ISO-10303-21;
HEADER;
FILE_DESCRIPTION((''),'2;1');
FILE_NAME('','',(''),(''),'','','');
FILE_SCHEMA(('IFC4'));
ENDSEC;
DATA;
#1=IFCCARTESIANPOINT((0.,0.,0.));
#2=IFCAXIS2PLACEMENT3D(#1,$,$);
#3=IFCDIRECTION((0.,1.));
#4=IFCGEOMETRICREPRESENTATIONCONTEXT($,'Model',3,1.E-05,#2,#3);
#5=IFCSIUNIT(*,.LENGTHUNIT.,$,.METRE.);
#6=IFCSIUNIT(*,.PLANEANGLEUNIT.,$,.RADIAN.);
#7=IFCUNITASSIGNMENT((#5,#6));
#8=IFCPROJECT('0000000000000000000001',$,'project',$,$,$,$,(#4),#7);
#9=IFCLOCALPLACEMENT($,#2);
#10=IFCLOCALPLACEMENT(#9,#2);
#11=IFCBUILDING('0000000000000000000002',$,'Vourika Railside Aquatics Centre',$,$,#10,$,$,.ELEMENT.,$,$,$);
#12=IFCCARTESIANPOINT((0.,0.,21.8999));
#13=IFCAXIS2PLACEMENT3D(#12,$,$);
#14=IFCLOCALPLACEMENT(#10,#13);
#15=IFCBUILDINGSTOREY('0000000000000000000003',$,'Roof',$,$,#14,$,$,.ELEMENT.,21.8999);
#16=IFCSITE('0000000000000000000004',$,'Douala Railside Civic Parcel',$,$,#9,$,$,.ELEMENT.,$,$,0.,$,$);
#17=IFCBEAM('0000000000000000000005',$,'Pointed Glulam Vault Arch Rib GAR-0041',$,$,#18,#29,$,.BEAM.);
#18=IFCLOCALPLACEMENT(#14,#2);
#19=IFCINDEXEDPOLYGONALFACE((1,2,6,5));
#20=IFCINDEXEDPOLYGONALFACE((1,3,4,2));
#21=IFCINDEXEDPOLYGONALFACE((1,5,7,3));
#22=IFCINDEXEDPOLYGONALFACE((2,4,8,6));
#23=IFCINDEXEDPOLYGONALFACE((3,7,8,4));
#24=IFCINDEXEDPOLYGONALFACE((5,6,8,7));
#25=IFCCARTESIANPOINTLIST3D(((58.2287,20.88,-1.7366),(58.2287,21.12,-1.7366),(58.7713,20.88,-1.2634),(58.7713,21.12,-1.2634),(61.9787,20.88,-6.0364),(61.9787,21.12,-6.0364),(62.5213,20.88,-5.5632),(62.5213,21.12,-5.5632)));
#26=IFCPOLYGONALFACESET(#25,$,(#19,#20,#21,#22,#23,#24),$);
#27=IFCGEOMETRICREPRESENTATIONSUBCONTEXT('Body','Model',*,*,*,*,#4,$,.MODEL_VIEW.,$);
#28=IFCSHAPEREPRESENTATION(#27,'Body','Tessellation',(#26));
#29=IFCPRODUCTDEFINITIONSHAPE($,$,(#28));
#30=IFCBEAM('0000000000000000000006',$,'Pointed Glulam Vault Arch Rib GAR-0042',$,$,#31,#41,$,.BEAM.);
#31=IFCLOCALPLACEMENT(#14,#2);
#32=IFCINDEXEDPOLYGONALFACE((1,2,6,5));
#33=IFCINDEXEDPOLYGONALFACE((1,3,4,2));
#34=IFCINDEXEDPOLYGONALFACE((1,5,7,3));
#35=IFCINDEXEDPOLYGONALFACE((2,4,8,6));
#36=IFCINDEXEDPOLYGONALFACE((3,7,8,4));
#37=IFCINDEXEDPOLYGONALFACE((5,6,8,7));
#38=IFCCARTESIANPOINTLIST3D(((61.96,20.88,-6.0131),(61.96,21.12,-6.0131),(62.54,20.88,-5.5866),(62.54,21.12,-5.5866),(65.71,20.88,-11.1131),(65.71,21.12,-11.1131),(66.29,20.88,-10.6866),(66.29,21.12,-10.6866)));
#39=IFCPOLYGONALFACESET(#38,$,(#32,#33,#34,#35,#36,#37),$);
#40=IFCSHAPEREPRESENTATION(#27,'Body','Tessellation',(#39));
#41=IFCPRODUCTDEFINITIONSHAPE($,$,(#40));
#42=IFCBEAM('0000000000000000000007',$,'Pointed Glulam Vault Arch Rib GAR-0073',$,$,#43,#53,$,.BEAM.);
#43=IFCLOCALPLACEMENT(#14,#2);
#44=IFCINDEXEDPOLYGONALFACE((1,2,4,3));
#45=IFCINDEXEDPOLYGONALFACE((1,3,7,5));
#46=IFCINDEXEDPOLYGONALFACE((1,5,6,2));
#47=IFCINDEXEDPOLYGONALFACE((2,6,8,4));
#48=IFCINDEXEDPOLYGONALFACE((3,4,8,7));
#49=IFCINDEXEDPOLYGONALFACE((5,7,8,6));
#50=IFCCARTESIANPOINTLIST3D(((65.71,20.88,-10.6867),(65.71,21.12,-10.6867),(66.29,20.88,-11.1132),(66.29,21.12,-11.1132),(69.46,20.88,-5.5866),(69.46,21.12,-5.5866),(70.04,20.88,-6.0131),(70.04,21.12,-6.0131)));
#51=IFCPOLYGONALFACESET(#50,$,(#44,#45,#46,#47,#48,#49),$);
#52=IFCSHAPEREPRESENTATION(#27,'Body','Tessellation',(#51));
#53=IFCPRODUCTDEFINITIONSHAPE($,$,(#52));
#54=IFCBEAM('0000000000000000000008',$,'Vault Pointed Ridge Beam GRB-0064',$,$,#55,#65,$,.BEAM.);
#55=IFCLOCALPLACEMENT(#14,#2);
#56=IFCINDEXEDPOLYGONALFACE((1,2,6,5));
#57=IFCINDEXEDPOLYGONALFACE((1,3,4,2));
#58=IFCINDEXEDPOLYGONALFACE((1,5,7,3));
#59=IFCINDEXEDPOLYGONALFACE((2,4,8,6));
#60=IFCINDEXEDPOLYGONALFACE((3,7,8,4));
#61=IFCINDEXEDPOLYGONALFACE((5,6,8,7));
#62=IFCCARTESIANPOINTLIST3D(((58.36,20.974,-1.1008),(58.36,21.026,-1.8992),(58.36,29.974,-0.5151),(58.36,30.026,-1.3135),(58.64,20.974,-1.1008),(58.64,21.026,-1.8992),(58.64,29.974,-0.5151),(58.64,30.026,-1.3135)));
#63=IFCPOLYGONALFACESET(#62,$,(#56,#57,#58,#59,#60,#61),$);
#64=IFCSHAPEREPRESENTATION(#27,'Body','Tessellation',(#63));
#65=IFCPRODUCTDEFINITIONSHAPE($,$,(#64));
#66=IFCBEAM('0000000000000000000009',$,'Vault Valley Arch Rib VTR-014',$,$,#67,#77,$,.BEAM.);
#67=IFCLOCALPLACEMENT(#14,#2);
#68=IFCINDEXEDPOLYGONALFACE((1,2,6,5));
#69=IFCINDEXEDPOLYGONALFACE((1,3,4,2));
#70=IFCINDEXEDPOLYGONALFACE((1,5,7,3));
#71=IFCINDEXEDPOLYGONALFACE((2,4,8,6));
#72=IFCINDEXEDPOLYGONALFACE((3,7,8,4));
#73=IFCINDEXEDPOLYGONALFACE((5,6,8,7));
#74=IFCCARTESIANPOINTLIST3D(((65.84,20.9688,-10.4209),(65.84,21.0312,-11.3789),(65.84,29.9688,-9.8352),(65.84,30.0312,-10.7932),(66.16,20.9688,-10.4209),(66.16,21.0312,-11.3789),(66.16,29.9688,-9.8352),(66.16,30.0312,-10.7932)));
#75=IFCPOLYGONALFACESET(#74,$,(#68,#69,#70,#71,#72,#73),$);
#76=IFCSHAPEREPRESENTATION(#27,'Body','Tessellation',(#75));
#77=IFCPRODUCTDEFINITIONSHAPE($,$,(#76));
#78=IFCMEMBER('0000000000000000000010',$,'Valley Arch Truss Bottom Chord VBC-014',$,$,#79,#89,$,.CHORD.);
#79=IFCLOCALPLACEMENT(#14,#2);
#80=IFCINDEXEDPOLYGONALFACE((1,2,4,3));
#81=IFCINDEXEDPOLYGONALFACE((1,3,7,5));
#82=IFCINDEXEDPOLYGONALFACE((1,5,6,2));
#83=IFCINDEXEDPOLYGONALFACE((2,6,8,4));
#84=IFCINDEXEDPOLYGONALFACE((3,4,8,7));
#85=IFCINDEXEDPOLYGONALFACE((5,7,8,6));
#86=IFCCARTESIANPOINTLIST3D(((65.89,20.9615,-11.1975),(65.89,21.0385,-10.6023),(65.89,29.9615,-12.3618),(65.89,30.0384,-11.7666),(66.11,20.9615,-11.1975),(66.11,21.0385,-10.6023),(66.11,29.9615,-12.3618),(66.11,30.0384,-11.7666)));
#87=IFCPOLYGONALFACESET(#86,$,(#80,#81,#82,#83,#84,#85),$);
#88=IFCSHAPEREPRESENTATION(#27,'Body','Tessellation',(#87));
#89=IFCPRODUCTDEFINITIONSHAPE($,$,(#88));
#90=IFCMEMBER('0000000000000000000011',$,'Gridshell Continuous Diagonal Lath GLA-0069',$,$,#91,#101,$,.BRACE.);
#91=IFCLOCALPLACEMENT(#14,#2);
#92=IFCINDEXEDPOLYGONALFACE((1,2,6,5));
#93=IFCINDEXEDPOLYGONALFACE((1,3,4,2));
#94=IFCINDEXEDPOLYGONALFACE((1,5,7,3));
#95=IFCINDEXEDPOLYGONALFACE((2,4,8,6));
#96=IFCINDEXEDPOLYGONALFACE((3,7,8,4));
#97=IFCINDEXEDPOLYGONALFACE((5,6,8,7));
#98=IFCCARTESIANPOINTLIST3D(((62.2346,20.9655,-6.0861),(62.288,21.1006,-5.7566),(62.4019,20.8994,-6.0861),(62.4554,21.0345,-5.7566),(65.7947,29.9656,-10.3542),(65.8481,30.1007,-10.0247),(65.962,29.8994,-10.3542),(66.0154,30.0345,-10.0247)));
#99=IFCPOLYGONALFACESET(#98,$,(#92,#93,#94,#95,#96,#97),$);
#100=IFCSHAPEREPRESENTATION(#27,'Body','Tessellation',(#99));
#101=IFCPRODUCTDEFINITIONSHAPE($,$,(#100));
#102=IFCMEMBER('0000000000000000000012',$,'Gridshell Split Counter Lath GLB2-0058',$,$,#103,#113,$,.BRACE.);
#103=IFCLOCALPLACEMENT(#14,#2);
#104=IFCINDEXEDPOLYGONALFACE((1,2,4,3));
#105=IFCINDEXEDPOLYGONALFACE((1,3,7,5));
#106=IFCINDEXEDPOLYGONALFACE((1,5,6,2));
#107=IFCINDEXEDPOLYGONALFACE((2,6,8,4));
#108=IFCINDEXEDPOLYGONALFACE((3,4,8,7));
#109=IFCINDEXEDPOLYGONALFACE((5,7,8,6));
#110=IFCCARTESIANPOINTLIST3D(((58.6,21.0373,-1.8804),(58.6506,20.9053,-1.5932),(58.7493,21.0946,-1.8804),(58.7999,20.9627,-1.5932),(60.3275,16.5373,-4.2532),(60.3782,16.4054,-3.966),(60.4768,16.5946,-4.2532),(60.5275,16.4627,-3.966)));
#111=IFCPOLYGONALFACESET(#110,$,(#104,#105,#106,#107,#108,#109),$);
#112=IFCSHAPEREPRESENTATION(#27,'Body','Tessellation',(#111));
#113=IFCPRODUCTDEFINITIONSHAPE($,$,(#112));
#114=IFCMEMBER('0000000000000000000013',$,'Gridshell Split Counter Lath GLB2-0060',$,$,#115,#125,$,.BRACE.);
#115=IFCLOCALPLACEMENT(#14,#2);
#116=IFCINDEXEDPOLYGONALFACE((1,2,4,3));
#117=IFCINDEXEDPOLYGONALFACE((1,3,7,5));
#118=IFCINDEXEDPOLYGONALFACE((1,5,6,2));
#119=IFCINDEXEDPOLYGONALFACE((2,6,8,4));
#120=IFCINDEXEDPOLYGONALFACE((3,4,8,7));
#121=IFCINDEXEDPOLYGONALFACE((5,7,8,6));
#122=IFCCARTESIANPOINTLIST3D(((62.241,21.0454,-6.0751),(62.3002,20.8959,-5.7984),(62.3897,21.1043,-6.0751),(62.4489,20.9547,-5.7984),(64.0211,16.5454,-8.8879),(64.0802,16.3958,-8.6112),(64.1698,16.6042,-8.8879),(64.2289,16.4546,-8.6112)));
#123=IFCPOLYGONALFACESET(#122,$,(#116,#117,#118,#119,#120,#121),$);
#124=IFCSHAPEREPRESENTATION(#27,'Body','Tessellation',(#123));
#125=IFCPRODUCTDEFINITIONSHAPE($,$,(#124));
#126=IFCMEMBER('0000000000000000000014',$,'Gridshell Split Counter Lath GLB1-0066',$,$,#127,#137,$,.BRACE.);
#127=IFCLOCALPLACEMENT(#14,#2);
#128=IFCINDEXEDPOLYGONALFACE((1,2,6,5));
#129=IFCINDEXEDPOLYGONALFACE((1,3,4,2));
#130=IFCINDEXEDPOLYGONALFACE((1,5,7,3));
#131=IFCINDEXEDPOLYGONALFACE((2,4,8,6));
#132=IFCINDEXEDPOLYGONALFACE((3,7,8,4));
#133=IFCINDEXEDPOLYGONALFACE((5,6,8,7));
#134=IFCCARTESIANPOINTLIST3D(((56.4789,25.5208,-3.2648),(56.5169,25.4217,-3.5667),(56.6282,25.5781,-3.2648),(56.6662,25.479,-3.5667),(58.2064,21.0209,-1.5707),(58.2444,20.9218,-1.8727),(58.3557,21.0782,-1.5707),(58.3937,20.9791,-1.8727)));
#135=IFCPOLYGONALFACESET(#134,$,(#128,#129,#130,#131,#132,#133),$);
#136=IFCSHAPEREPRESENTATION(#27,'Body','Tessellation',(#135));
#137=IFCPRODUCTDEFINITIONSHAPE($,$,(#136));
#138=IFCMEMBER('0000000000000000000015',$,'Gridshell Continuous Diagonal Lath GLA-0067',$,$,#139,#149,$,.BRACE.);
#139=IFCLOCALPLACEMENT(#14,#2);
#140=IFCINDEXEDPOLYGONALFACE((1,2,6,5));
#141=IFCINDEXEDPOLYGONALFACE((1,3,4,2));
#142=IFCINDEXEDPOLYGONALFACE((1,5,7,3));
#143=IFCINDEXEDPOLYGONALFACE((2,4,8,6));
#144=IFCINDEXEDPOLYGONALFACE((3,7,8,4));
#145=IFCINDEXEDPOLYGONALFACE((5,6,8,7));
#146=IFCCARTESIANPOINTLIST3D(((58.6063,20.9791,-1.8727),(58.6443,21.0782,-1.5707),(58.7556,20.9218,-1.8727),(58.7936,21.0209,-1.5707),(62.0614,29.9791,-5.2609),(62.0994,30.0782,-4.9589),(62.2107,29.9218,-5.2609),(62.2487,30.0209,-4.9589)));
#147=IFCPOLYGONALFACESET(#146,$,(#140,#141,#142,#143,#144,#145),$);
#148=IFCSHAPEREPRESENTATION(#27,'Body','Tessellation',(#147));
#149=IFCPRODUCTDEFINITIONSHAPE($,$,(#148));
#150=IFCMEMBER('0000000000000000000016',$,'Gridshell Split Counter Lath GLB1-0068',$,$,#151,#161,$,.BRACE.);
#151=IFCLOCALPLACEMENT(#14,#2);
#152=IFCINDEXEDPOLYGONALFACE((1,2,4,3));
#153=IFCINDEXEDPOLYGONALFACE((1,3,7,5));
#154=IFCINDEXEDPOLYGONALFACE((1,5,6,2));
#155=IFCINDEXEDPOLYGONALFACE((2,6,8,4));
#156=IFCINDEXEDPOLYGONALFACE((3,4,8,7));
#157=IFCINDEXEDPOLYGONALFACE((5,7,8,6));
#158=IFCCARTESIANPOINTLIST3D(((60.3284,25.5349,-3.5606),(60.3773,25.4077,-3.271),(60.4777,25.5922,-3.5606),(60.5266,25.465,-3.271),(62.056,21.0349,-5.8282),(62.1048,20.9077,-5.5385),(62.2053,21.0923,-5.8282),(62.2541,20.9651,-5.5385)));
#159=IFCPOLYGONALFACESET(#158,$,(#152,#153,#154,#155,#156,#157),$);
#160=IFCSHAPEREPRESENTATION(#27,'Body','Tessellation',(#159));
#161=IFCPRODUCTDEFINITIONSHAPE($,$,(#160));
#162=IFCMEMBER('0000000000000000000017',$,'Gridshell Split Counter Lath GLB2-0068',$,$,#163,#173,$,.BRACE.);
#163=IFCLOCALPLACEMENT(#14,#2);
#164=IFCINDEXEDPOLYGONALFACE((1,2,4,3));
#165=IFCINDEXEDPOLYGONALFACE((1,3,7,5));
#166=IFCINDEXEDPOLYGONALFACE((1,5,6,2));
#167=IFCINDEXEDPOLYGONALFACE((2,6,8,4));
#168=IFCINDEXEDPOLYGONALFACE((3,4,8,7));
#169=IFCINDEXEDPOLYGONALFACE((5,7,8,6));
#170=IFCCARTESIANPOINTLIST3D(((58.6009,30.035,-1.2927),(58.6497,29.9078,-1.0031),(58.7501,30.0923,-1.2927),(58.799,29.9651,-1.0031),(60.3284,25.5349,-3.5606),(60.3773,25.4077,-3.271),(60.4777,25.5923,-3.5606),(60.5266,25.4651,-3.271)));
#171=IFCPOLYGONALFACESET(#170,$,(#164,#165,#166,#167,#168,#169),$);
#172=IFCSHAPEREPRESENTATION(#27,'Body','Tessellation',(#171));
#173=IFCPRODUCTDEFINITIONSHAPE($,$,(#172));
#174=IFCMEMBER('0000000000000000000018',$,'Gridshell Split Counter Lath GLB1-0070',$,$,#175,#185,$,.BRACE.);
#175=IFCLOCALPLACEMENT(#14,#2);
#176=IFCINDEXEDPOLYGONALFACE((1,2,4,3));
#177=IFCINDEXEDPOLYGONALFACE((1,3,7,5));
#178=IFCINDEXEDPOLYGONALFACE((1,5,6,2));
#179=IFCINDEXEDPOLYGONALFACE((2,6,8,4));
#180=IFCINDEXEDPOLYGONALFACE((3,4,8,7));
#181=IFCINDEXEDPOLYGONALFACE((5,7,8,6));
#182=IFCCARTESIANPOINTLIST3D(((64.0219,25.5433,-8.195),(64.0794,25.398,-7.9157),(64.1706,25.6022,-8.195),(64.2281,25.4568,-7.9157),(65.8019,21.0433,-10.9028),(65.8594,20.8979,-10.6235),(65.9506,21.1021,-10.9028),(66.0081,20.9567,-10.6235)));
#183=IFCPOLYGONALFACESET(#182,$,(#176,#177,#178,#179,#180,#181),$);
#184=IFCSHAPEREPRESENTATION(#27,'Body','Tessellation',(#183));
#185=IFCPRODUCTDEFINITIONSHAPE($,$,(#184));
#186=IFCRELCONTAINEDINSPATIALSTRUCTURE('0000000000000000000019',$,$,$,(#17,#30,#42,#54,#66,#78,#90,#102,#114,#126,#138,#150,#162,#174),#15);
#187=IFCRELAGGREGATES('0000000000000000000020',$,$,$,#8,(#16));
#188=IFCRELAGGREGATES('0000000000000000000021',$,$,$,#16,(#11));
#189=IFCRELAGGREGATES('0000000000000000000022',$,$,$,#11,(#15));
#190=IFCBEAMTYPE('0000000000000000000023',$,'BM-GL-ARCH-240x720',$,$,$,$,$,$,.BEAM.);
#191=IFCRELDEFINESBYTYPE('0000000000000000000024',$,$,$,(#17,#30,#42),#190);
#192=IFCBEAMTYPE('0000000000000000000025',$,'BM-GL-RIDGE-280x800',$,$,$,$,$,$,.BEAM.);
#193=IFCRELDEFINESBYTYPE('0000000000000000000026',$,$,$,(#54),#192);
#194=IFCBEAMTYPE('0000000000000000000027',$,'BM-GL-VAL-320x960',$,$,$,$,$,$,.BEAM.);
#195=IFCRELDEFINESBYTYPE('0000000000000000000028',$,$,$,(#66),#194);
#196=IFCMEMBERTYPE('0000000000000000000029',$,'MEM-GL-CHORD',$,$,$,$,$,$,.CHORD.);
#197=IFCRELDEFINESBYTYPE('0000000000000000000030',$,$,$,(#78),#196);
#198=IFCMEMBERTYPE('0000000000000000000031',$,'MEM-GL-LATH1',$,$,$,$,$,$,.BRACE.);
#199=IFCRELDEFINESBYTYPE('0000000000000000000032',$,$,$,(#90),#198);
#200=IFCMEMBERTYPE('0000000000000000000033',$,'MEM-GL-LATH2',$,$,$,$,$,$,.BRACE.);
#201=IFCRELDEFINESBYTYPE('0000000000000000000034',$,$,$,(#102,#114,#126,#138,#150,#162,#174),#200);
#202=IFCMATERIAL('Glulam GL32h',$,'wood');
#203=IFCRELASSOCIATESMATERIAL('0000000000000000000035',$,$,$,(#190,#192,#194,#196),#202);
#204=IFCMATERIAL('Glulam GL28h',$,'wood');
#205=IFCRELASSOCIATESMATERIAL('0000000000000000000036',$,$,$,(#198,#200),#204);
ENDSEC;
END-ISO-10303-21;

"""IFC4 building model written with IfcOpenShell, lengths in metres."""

from ifc_helpers import new_model, si_unit, direction, frame, origin, origin_2d, place, context, subcontext, project, spatial, rectangle, extrude, material, material_profile, profile_set, type_object, element, save


model = new_model("IFC4")

# Units and contexts
model_context = context("Model", 3, precision=1e-05, world=origin(), true_north=direction((0.0, 1.0)))
body_context = subcontext(model_context, "Body", "Model", "MODEL_VIEW")
ifc_project = project(units=[si_unit("LENGTHUNIT", "METRE"), si_unit("PLANEANGLEUNIT", "RADIAN")], contexts=[model_context])

# Site, building, storey
site_placement = place(None, origin())
site = spatial("IfcSite", under=ifc_project, at=site_placement, Name="Douala Railside Civic Parcel", CompositionType="ELEMENT", RefElevation=0.0)
building_placement = place(site_placement, origin())
building = spatial("IfcBuilding", under=site, at=building_placement, Name="Vourika Railside Aquatics Centre", CompositionType="ELEMENT")
storey_placement = place(building_placement, frame((0.0, 0.0, 21.8999)))
storey = spatial("IfcBuildingStorey", under=building, at=storey_placement, Name="Roof", CompositionType="ELEMENT", Elevation=21.8999)

# Beams
ifc_material_1 = material(Name="Glulam GL32h", Category="wood")
ifc_material_profile_1 = material_profile(ifc_material_1, rectangle(XDim=0.24, YDim=0.72, at=origin_2d()), Name="GL32h 240x720")
ifc_profile_set_1 = profile_set([ifc_material_profile_1], Name="Glulam GL32h")
beam_type_1 = type_object("IfcBeamType", Name="BM-GL-ARCH-240x720", PredefinedType="BEAM", material=ifc_profile_set_1)
beam_1_placement = place(storey_placement, frame((58.5, 21.0, -1.5), z_axis=(0.65728, 0.0, -0.753647), x_axis=(0.0, 1.0, 0.0)))
element("IfcBeam", 1, at=beam_1_placement, inside=storey, type_object=beam_type_1, Name="Pointed Glulam Vault Arch Rib GAR-0041", PredefinedType="BEAM", context=body_context, shape_type="SweptSolid", body=[
    extrude(rectangle(XDim=0.24, YDim=0.72, at=origin_2d()), origin(), (0.0, 0.0, 1.0), 5.7053),
])
for number, where, z_axis, x_axis, name in (
    (2, (62.25, 21.0, -5.7998), (0.592383, 0.0, -0.805656), (0.0, 1.0, 0.0), "Pointed Glulam Vault Arch Rib GAR-0042"),
    (3, (66.0, 21.0, -10.8999), (0.592383, 0.0, 0.805656), (0.0, 1.0, 0.0), "Pointed Glulam Vault Arch Rib GAR-0073"),
):
    element("IfcBeam", number, at=place(storey_placement, frame(where, z_axis=z_axis, x_axis=x_axis)), inside=storey, type_object=beam_type_1, Name=name, PredefinedType="BEAM", context=body_context, shape_type="SweptSolid", body=[
        extrude(rectangle(XDim=0.24, YDim=0.72, at=origin_2d()), origin(), (0.0, 0.0, 1.0), 6.3303),
    ])
ifc_material_profile_2 = material_profile(ifc_material_1, rectangle(XDim=0.28, YDim=0.8, at=origin_2d()), Name="GL32h 280x800")
ifc_profile_set_2 = profile_set([ifc_material_profile_2], Name="Glulam GL32h")
beam_type_2 = type_object("IfcBeamType", Name="BM-GL-RIDGE-280x800", PredefinedType="BEAM", material=ifc_profile_set_2)
beam_2_placement = place(storey_placement, frame((58.5, 21.0, -1.5), z_axis=(0.0, 0.997889, 0.06494), x_axis=(-1.0, 0.0, 0.0)))
element("IfcBeam", 4, at=beam_2_placement, inside=storey, type_object=beam_type_2, Name="Vault Pointed Ridge Beam GRB-0064", PredefinedType="BEAM", context=body_context, shape_type="SweptSolid", body=[
    extrude(rectangle(XDim=0.28, YDim=0.8, at=origin_2d()), origin(), (0.0, 0.0, 1.0), 9.019),
])
ifc_material_profile_3 = material_profile(ifc_material_1, rectangle(XDim=0.3201, YDim=0.96, at=origin_2d()), Name="GL32h 320x960")
ifc_profile_set_3 = profile_set([ifc_material_profile_3], Name="Glulam GL32h")
beam_type_3 = type_object("IfcBeamType", Name="BM-GL-VAL-320x960", PredefinedType="BEAM", material=ifc_profile_set_3)
beam_3_placement = place(storey_placement, frame((66.0, 21.0, -10.8999), z_axis=(0.0, 0.997889, 0.06494), x_axis=(-1.0, 0.0, 0.0)))
element("IfcBeam", 5, at=beam_3_placement, inside=storey, type_object=beam_type_3, Name="Vault Valley Arch Rib VTR-014", PredefinedType="BEAM", context=body_context, shape_type="SweptSolid", body=[
    extrude(rectangle(XDim=0.3201, YDim=0.96, at=origin_2d()), origin(), (0.0, 0.0, 1.0), 9.019),
])

# Members
ifc_material_profile_4 = material_profile(ifc_material_1, rectangle(XDim=0.22, YDim=0.6001, at=origin_2d()), Name="GL32h 220x600")
ifc_profile_set_4 = profile_set([ifc_material_profile_4], Name="Glulam GL32h")
member_type_1 = type_object("IfcMemberType", Name="MEM-GL-CHORD", PredefinedType="CHORD", material=ifc_profile_set_4)
member_1_placement = place(storey_placement, frame((66.0, 21.0, -10.8999), z_axis=(0.0, 0.991736, -0.128298), x_axis=(-1.0, 0.0, 0.0)))
element("IfcMember", 6, at=member_1_placement, inside=storey, type_object=member_type_1, Name="Valley Arch Truss Bottom Chord VBC-014", PredefinedType="CHORD", context=body_context, shape_type="SweptSolid", body=[
    extrude(rectangle(XDim=0.22, YDim=0.6001, at=origin_2d()), origin(), (0.0, 0.0, 1.0), 9.075),
])
ifc_material_2 = material(Name="Glulam GL28h", Category="wood")
ifc_material_profile_5 = material_profile(ifc_material_2, rectangle(XDim=0.1799, YDim=0.3601, at=origin_2d()), Name="GL28h 180x360")
ifc_profile_set_5 = profile_set([ifc_material_profile_5], Name="Glulam GL28h")
member_type_2 = type_object("IfcMemberType", Name="MEM-GL-LATH1", PredefinedType="BRACE", material=ifc_profile_set_5)
member_2_placement = place(storey_placement, frame((62.345, 21.0, -5.9214), z_axis=(0.336559, 0.850836, -0.403492), x_axis=(-0.929893, 0.36783, 0.0)))
element("IfcMember", 7, at=member_2_placement, inside=storey, type_object=member_type_2, Name="Gridshell Continuous Diagonal Lath GLA-0069", PredefinedType="BRACE", context=body_context, shape_type="SweptSolid", body=[
    extrude(rectangle(XDim=0.1799, YDim=0.3601, at=origin_2d()), origin(), (0.0, 0.0, 1.0), 10.5779),
])
ifc_material_profile_6 = material_profile(ifc_material_2, rectangle(XDim=0.1599, YDim=0.3201, at=origin_2d()), Name="GL28h 160x320")
ifc_profile_set_6 = profile_set([ifc_material_profile_6], Name="Glulam GL28h")
member_type_3 = type_object("IfcMemberType", Name="MEM-GL-LATH2", PredefinedType="BRACE", material=ifc_profile_set_6)
member_3_placement = place(storey_placement, frame((60.4275, 16.5, -4.1096), z_axis=(-0.321548, 0.837587, 0.441651), x_axis=(-0.93357, -0.358395, 0.0)))
element("IfcMember", 8, at=member_3_placement, inside=storey, type_object=member_type_3, Name="Gridshell Split Counter Lath GLB2-0058", PredefinedType="BRACE", context=body_context, shape_type="SweptSolid", body=[
    extrude(rectangle(XDim=0.1599, YDim=0.3201, at=origin_2d()), origin(), (0.0, 0.0, 1.0), 5.3726),
])
member_4_placement = place(storey_placement, frame((64.125, 16.5, -8.7495), z_axis=(-0.318014, 0.803956, 0.502516), x_axis=(-0.929893, -0.36783, 0.0)))
element("IfcMember", 9, at=member_4_placement, inside=storey, type_object=member_type_3, Name="Gridshell Split Counter Lath GLB2-0060", PredefinedType="BRACE", context=body_context, shape_type="SweptSolid", body=[
    extrude(rectangle(XDim=0.1599, YDim=0.3201, at=origin_2d()), origin(), (0.0, 0.0, 1.0), 5.5974),
])
member_5_placement = place(storey_placement, frame((58.3, 21.0, -1.7217), z_axis=(-0.338121, 0.880757, -0.331574), x_axis=(-0.93357, -0.358395, 0.0)))
element("IfcMember", 10, at=member_5_placement, inside=storey, type_object=member_type_3, Name="Gridshell Split Counter Lath GLB1-0066", PredefinedType="BRACE", context=body_context, shape_type="SweptSolid", body=[
    extrude(rectangle(XDim=0.1599, YDim=0.3201, at=origin_2d()), origin(), (0.0, 0.0, 1.0), 5.1091),
])
member_6_placement = place(storey_placement, frame((58.7, 21.0, -1.7217), z_axis=(0.338121, 0.880757, -0.331574), x_axis=(-0.93357, 0.358395, 0.0)))
element("IfcMember", 11, at=member_6_placement, inside=storey, type_object=member_type_3, Name="Gridshell Continuous Diagonal Lath GLA-0067", PredefinedType="BRACE", context=body_context, shape_type="SweptSolid", body=[
    extrude(rectangle(XDim=0.1599, YDim=0.3201, at=origin_2d()), origin(), (0.0, 0.0, 1.0), 10.2185),
])
member_7_placement = place(storey_placement, frame((62.155, 21.0, -5.6833), z_axis=(-0.324302, 0.844762, 0.425681), x_axis=(-0.93357, -0.358395, 0.0)))
element("IfcMember", 12, at=member_7_placement, inside=storey, type_object=member_type_3, Name="Gridshell Split Counter Lath GLB1-0068", PredefinedType="BRACE", context=body_context, shape_type="SweptSolid", body=[
    extrude(rectangle(XDim=0.1599, YDim=0.3201, at=origin_2d()), origin(), (0.0, 0.0, 1.0), 5.3269),
])
member_8_placement = place(storey_placement, frame((60.4275, 25.5, -3.4158), z_axis=(-0.324296, 0.844746, 0.425719), x_axis=(-0.93357, -0.358395, 0.0)))
element("IfcMember", 13, at=member_8_placement, inside=storey, type_object=member_type_3, Name="Gridshell Split Counter Lath GLB2-0068", PredefinedType="BRACE", context=body_context, shape_type="SweptSolid", body=[
    extrude(rectangle(XDim=0.1599, YDim=0.3201, at=origin_2d()), origin(), (0.0, 0.0, 1.0), 5.3271),
])
member_9_placement = place(storey_placement, frame((65.905, 21.0, -10.7632), z_axis=(-0.320997, 0.811496, 0.488298), x_axis=(-0.929893, -0.36783, 0.0)))
element("IfcMember", 14, at=member_9_placement, inside=storey, type_object=member_type_3, Name="Gridshell Split Counter Lath GLB1-0070", PredefinedType="BRACE", context=body_context, shape_type="SweptSolid", body=[
    extrude(rectangle(XDim=0.1599, YDim=0.3201, at=origin_2d()), origin(), (0.0, 0.0, 1.0), 5.5454),
])

save(model, "model.ifc")
